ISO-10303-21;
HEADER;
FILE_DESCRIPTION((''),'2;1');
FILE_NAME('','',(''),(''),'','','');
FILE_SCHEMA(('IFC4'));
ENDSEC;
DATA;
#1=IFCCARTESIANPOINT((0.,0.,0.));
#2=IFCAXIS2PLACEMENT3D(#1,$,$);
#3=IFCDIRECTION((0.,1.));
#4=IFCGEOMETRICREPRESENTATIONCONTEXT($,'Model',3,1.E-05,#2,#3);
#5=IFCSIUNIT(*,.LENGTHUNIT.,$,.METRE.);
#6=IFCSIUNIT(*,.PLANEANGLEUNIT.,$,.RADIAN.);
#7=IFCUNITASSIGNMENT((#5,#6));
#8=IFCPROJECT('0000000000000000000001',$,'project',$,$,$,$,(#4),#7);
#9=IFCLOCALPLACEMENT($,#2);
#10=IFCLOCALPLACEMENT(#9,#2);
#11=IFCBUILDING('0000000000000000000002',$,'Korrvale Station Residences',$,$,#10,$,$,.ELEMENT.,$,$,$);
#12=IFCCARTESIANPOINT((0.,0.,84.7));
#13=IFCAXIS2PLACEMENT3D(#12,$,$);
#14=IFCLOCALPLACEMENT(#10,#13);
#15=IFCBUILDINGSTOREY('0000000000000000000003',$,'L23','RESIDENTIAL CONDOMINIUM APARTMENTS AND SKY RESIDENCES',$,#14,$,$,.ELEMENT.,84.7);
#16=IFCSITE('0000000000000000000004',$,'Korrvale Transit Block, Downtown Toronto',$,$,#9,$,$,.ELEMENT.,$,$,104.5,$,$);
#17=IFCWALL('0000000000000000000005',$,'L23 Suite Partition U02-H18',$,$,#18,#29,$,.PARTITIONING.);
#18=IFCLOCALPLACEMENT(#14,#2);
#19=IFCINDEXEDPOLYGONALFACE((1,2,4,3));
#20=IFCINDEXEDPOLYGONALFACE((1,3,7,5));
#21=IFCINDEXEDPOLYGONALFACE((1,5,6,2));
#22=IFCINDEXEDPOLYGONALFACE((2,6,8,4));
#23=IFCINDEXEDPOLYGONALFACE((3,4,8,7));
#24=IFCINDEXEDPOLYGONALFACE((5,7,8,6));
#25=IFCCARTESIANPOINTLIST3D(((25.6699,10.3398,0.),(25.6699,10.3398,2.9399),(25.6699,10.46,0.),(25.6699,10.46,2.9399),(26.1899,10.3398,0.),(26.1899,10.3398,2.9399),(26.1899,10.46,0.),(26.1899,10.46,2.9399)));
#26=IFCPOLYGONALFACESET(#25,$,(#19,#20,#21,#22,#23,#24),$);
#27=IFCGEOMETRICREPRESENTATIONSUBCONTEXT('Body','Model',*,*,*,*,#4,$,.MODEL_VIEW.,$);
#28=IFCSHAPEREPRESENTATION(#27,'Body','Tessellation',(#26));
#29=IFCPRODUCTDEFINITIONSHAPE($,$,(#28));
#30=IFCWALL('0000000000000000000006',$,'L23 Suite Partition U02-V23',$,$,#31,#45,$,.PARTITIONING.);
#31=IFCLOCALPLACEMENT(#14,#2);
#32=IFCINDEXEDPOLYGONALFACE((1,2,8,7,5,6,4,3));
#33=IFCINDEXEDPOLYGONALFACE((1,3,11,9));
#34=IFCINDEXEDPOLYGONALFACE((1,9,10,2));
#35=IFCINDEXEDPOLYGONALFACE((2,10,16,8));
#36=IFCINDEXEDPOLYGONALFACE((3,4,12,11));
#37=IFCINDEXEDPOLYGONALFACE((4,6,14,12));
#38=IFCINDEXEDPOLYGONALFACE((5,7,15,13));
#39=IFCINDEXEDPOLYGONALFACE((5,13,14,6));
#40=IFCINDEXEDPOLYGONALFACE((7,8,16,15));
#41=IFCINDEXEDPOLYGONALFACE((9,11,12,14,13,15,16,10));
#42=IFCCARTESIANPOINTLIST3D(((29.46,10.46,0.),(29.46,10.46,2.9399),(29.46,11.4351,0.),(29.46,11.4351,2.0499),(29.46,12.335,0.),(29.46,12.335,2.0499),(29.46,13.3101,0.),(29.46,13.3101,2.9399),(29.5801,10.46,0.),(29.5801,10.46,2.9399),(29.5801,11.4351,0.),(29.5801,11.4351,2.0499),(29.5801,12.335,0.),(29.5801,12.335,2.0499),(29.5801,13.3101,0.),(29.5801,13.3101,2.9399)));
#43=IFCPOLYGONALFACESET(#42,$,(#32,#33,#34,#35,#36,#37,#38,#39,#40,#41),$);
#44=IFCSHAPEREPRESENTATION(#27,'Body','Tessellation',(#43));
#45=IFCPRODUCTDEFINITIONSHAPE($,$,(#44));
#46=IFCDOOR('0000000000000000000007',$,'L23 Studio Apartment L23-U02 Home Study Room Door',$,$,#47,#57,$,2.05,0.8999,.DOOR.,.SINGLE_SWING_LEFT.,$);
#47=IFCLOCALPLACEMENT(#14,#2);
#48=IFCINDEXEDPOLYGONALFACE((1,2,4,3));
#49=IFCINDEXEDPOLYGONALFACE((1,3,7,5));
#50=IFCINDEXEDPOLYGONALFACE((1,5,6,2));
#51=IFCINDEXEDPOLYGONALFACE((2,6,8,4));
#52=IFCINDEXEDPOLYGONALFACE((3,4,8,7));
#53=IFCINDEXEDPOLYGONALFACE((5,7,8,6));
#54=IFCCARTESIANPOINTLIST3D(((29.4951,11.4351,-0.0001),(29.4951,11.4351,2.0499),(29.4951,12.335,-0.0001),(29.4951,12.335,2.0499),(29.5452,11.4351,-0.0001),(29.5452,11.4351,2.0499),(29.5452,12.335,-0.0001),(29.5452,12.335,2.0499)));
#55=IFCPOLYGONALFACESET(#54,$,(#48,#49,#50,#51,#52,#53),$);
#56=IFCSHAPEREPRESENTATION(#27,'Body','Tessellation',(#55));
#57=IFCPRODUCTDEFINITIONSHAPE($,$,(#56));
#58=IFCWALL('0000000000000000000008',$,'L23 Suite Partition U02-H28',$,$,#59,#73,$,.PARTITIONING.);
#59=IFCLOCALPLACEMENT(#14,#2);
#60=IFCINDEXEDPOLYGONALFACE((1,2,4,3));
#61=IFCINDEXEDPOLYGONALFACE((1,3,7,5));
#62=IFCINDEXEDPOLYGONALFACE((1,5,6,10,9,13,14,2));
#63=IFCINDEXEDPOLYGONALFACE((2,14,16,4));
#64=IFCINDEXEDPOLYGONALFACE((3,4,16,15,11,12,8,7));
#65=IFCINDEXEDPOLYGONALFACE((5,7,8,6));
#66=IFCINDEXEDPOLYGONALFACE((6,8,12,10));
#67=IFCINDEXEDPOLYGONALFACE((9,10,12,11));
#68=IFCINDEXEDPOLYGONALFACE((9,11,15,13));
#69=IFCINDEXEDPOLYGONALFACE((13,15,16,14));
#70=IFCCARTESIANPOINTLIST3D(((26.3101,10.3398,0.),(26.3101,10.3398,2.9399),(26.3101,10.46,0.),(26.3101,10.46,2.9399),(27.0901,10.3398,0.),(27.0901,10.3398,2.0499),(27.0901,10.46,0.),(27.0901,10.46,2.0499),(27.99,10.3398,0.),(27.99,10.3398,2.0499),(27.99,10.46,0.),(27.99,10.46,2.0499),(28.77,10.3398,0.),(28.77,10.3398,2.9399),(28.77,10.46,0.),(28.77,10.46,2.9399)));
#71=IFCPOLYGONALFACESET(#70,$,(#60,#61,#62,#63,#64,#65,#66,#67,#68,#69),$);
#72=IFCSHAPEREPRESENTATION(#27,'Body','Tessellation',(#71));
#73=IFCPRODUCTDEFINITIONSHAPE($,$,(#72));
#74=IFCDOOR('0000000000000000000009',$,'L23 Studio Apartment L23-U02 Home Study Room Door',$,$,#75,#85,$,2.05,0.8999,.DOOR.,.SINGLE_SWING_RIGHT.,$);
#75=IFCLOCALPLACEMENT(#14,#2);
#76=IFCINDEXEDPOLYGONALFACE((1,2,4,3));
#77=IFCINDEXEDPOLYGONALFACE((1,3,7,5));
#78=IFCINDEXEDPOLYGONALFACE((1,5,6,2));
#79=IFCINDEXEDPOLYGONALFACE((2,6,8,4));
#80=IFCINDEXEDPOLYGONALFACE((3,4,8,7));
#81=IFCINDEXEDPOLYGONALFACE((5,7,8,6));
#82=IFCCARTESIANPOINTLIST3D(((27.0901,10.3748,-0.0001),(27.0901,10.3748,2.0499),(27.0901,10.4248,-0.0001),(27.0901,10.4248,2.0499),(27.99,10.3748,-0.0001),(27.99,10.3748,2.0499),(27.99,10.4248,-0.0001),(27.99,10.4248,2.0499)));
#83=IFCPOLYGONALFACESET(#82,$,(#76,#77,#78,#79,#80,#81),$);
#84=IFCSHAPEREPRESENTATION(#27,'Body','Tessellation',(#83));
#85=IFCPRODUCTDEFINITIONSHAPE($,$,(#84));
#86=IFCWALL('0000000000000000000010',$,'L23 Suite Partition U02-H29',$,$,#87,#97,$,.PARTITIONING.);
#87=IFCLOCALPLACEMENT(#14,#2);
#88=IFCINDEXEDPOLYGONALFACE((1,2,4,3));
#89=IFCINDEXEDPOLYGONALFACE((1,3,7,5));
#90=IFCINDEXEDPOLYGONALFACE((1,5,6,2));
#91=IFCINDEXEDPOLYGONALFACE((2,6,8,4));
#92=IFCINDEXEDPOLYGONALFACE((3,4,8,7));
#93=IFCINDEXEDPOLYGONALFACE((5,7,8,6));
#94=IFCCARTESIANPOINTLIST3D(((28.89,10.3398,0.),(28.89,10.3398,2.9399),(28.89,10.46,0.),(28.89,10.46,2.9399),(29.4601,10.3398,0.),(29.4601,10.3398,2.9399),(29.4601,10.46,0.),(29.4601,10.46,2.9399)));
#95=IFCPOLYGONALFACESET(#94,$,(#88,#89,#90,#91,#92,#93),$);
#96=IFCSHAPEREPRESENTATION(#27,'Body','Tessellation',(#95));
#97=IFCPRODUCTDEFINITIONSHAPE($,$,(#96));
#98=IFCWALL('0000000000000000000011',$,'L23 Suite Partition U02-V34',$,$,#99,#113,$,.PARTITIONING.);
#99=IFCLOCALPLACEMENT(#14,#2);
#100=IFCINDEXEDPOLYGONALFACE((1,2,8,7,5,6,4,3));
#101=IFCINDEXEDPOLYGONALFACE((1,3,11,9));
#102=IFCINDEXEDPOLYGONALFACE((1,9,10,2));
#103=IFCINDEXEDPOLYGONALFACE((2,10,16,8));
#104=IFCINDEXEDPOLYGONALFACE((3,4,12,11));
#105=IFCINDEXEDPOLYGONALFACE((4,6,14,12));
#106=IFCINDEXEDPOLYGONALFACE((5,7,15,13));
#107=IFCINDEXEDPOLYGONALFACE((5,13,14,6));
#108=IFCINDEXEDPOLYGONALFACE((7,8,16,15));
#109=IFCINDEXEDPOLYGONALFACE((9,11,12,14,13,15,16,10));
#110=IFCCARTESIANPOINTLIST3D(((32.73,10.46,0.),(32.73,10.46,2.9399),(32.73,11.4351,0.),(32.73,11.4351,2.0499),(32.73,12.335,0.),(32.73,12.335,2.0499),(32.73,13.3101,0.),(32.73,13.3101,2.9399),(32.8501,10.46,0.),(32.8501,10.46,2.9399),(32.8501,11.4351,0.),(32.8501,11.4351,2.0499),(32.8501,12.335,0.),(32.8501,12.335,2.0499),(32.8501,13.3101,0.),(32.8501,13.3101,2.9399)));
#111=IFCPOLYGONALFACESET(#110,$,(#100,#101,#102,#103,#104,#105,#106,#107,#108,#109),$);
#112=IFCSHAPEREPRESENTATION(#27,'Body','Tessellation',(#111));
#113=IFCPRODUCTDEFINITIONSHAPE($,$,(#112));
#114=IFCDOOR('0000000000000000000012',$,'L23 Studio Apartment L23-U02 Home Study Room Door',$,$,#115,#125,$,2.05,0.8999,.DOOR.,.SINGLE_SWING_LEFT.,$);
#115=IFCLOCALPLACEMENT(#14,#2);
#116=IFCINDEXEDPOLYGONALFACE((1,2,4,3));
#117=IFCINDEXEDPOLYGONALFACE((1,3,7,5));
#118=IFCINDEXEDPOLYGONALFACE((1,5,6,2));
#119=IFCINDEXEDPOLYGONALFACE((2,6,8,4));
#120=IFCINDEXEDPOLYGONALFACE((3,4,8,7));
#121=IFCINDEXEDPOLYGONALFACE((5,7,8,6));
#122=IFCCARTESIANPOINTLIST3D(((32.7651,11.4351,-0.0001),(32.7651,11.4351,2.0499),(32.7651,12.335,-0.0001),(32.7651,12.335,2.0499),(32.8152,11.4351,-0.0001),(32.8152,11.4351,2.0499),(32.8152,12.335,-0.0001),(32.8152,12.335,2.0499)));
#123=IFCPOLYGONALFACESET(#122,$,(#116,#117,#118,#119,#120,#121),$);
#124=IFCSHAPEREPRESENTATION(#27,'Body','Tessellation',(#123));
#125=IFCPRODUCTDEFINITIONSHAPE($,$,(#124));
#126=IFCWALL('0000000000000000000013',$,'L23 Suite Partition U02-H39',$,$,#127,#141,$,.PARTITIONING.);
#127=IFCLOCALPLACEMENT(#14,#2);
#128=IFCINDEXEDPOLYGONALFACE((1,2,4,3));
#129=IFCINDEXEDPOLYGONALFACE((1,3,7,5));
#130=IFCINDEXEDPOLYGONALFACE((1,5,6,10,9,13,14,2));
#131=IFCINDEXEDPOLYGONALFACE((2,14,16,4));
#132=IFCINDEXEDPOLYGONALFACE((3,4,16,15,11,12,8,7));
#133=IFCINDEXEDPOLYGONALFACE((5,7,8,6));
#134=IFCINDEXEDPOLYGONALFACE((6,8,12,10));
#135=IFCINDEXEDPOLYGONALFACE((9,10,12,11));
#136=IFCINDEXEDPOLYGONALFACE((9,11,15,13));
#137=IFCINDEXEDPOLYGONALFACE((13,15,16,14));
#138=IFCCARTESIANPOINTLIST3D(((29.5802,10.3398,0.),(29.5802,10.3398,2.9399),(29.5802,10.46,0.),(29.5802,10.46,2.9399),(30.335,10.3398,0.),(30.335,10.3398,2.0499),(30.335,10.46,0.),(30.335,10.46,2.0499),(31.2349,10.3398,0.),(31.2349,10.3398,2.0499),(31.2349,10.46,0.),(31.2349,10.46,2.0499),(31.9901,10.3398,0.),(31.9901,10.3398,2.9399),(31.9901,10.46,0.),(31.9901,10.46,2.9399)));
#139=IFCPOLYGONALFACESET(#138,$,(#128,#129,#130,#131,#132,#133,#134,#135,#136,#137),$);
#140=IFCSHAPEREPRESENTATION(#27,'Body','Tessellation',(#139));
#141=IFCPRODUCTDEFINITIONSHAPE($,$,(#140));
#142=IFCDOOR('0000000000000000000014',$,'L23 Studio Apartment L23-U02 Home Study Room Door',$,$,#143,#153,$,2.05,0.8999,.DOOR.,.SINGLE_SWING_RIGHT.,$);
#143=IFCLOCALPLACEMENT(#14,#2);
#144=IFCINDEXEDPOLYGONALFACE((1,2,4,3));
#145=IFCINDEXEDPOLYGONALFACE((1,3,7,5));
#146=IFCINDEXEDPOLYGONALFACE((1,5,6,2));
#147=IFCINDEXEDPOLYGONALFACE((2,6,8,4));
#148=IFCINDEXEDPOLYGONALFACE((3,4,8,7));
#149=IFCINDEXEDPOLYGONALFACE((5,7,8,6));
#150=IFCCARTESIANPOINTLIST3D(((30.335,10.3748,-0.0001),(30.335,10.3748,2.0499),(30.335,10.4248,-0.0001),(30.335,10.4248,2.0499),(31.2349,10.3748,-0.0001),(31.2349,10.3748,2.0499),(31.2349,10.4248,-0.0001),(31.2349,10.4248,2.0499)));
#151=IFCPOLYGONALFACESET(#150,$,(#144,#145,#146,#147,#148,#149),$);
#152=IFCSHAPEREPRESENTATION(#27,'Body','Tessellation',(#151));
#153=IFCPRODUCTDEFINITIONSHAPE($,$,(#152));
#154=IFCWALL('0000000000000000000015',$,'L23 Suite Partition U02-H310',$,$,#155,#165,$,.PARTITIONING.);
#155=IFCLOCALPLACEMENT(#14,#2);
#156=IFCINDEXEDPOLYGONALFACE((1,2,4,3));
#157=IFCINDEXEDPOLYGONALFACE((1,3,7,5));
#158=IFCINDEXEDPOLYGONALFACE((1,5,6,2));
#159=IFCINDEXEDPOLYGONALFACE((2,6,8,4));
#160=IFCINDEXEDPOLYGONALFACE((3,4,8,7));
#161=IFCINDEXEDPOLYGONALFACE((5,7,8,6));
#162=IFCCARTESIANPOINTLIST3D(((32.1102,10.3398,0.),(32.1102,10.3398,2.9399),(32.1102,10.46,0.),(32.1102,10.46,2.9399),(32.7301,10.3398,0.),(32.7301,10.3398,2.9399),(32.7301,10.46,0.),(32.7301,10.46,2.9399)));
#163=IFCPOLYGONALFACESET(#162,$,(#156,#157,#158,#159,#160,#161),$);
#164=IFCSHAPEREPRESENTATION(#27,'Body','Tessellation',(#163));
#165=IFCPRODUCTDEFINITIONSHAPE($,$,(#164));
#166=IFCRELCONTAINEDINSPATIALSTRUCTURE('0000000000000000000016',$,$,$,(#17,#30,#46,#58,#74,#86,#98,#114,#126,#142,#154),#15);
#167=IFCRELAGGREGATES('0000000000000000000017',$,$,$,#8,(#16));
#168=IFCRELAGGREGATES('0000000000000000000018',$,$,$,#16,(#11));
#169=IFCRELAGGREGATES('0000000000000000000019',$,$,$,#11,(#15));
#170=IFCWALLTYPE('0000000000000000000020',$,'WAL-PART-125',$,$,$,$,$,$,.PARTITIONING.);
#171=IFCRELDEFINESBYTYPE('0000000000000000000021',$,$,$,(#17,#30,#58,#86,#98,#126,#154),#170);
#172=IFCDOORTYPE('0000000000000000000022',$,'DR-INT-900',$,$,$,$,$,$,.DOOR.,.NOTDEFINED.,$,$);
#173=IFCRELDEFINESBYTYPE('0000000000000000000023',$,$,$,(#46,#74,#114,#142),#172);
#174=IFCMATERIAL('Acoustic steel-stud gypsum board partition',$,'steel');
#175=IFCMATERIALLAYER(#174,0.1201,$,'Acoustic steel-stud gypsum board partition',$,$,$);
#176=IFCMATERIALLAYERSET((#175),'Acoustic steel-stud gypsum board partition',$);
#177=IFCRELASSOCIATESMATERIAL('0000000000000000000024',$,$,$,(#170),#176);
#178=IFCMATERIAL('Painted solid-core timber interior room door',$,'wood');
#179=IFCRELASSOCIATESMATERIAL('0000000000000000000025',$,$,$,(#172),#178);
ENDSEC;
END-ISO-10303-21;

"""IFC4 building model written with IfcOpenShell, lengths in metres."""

from ifc_helpers import new_model, si_unit, direction, frame, frame_2d, origin, place, context, subcontext, project, spatial, rectangle, extrude, material, layer, layer_set, type_object, element, fill, save


model = new_model("IFC4")

# Units and contexts
model_context = context("Model", 3, precision=1e-05, world=origin(), true_north=direction((0.0, 1.0)))
body_context = subcontext(model_context, "Body", "Model", "MODEL_VIEW")
ifc_project = project(units=[si_unit("LENGTHUNIT", "METRE"), si_unit("PLANEANGLEUNIT", "RADIAN")], contexts=[model_context])

# Site, building, storey
site_placement = place(None, origin())
site = spatial("IfcSite", under=ifc_project, at=site_placement, Name="Korrvale Transit Block, Downtown Toronto", CompositionType="ELEMENT", RefElevation=104.5)
building_placement = place(site_placement, origin())
building = spatial("IfcBuilding", under=site, at=building_placement, Name="Korrvale Station Residences", CompositionType="ELEMENT")
storey_placement = place(building_placement, frame((0.0, 0.0, 84.7)))
storey = spatial("IfcBuildingStorey", under=building, at=storey_placement, Name="L23", Description="RESIDENTIAL CONDOMINIUM APARTMENTS AND SKY RESIDENCES", CompositionType="ELEMENT", Elevation=84.7)

# Shared definitions
ifc_material_1 = material(Name="Acoustic steel-stud gypsum board partition", Category="steel")
ifc_layer_1 = layer(ifc_material_1, 0.1201, Name="Acoustic steel-stud gypsum board partition")
ifc_layer_set_1 = layer_set([ifc_layer_1], Name="Acoustic steel-stud gypsum board partition")
wall_type = type_object("IfcWallType", Name="WAL-PART-125", PredefinedType="PARTITIONING", material=ifc_layer_set_1)
ifc_material_2 = material(Name="Painted solid-core timber interior room door", Category="wood")
door_type = type_object("IfcDoorType", Name="DR-INT-900", OperationType="NOTDEFINED", PredefinedType="DOOR", material=ifc_material_2)

# Wall
wall_1_placement = place(storey_placement, frame((25.6699, 10.3999, 0.0), z_axis=(0.0, 0.0, 1.0), x_axis=(1.0, 0.0, 0.0)))
element("IfcWall", 1, at=wall_1_placement, inside=storey, type_object=wall_type, Name="L23 Suite Partition U02-H18", PredefinedType="PARTITIONING", context=body_context, shape_type="SweptSolid", body=[
    extrude(rectangle(XDim=0.52, YDim=0.1201, at=frame_2d((0.26, 0.0))), origin(), (0.0, 0.0, 1.0), 2.9399),
])

# Walls, openings, doors
wall_2_placement = place(storey_placement, frame((29.52, 10.46, 0.0), z_axis=(0.0, 0.0, 1.0), x_axis=(0.0, 1.0, 0.0)))
wall_2 = element("IfcWall", 2, at=wall_2_placement, inside=storey, type_object=wall_type, Name="L23 Suite Partition U02-V23", PredefinedType="PARTITIONING", context=body_context, shape_type="SweptSolid", body=[
    extrude(rectangle(XDim=2.8501, YDim=0.1201, at=frame_2d((1.425, 0.0))), origin(), (0.0, 0.0, 1.0), 2.9399),
])
opening_1_placement = place(wall_2_placement, frame((0.9751, 0.0, 0.0)))
opening_1 = element("IfcOpeningElement", 3, at=opening_1_placement, cuts=wall_2, PredefinedType="OPENING", context=body_context, shape_type="SweptSolid", body=[
    extrude(rectangle(XDim=0.8999, YDim=2.05, at=frame_2d((0.45, 1.0249))), frame((0.0, 0.0701, 0.0), z_axis=(0.0, -1.0, 0.0), x_axis=(1.0, 0.0, 0.0)), (0.0, 0.0, 1.0), 0.1401),
])
door_1_placement = place(opening_1_placement, origin())
door_1 = element("IfcDoor", 4, at=door_1_placement, inside=storey, type_object=door_type, Name="L23 Studio Apartment L23-U02 Home Study Room Door", OperationType="SINGLE_SWING_LEFT", OverallHeight=2.05, OverallWidth=0.8999, PredefinedType="DOOR", context=body_context, shape_type="SweptSolid", body=[
    extrude(rectangle(XDim=0.8999, YDim=2.05, at=frame_2d((0.45, 1.0249))), frame((0.0, 0.0249, 0.0), z_axis=(0.0, -1.0, 0.0), x_axis=(1.0, 0.0, 0.0)), (0.0, 0.0, 1.0), 0.05),
])
fill(opening_1, door_1)
wall_3_placement = place(storey_placement, frame((26.3101, 10.3999, 0.0), z_axis=(0.0, 0.0, 1.0), x_axis=(1.0, 0.0, 0.0)))
wall_3 = element("IfcWall", 5, at=wall_3_placement, inside=storey, type_object=wall_type, Name="L23 Suite Partition U02-H28", PredefinedType="PARTITIONING", context=body_context, shape_type="SweptSolid", body=[
    extrude(rectangle(XDim=2.46, YDim=0.1201, at=frame_2d((1.23, 0.0))), origin(), (0.0, 0.0, 1.0), 2.9399),
])
opening_2_placement = place(wall_3_placement, frame((0.78, 0.0, 0.0)))
opening_2 = element("IfcOpeningElement", 6, at=opening_2_placement, cuts=wall_3, PredefinedType="OPENING", context=body_context, shape_type="SweptSolid", body=[
    extrude(rectangle(XDim=0.8999, YDim=2.05, at=frame_2d((0.45, 1.0249))), frame((0.0, 0.0701, 0.0), z_axis=(0.0, -1.0, 0.0), x_axis=(1.0, 0.0, 0.0)), (0.0, 0.0, 1.0), 0.1401),
])
door_2_placement = place(opening_2_placement, origin())
door_2 = element("IfcDoor", 7, at=door_2_placement, inside=storey, type_object=door_type, Name="L23 Studio Apartment L23-U02 Home Study Room Door", OperationType="SINGLE_SWING_RIGHT", OverallHeight=2.05, OverallWidth=0.8999, PredefinedType="DOOR", context=body_context, shape_type="SweptSolid", body=[
    extrude(rectangle(XDim=0.8999, YDim=2.05, at=frame_2d((0.45, 1.0249))), frame((0.0, 0.0249, 0.0), z_axis=(0.0, -1.0, 0.0), x_axis=(1.0, 0.0, 0.0)), (0.0, 0.0, 1.0), 0.05),
])
fill(opening_2, door_2)

# Wall
wall_4_placement = place(storey_placement, frame((28.8899, 10.3999, 0.0), z_axis=(0.0, 0.0, 1.0), x_axis=(1.0, 0.0, 0.0)))
element("IfcWall", 8, at=wall_4_placement, inside=storey, type_object=wall_type, Name="L23 Suite Partition U02-H29", PredefinedType="PARTITIONING", context=body_context, shape_type="SweptSolid", body=[
    extrude(rectangle(XDim=0.5701, YDim=0.1201, at=frame_2d((0.2852, 0.0))), origin(), (0.0, 0.0, 1.0), 2.9399),
])

# Walls, openings, doors
wall_5_placement = place(storey_placement, frame((32.79, 10.46, 0.0), z_axis=(0.0, 0.0, 1.0), x_axis=(0.0, 1.0, 0.0)))
wall_5 = element("IfcWall", 9, at=wall_5_placement, inside=storey, type_object=wall_type, Name="L23 Suite Partition U02-V34", PredefinedType="PARTITIONING", context=body_context, shape_type="SweptSolid", body=[
    extrude(rectangle(XDim=2.8501, YDim=0.1201, at=frame_2d((1.425, 0.0))), origin(), (0.0, 0.0, 1.0), 2.9399),
])
opening_3_placement = place(wall_5_placement, frame((0.9751, 0.0, 0.0)))
opening_3 = element("IfcOpeningElement", 10, at=opening_3_placement, cuts=wall_5, PredefinedType="OPENING", context=body_context, shape_type="SweptSolid", body=[
    extrude(rectangle(XDim=0.8999, YDim=2.05, at=frame_2d((0.45, 1.0249))), frame((0.0, 0.0701, 0.0), z_axis=(0.0, -1.0, 0.0), x_axis=(1.0, 0.0, 0.0)), (0.0, 0.0, 1.0), 0.1401),
])
door_3_placement = place(opening_3_placement, origin())
door_3 = element("IfcDoor", 11, at=door_3_placement, inside=storey, type_object=door_type, Name="L23 Studio Apartment L23-U02 Home Study Room Door", OperationType="SINGLE_SWING_LEFT", OverallHeight=2.05, OverallWidth=0.8999, PredefinedType="DOOR", context=body_context, shape_type="SweptSolid", body=[
    extrude(rectangle(XDim=0.8999, YDim=2.05, at=frame_2d((0.45, 1.0249))), frame((0.0, 0.0249, 0.0), z_axis=(0.0, -1.0, 0.0), x_axis=(1.0, 0.0, 0.0)), (0.0, 0.0, 1.0), 0.05),
])
fill(opening_3, door_3)
wall_6_placement = place(storey_placement, frame((29.5801, 10.3999, 0.0), z_axis=(0.0, 0.0, 1.0), x_axis=(1.0, 0.0, 0.0)))
wall_6 = element("IfcWall", 12, at=wall_6_placement, inside=storey, type_object=wall_type, Name="L23 Suite Partition U02-H39", PredefinedType="PARTITIONING", context=body_context, shape_type="SweptSolid", body=[
    extrude(rectangle(XDim=2.4099, YDim=0.1201, at=frame_2d((1.2051, 0.0))), origin(), (0.0, 0.0, 1.0), 2.9399),
])
opening_4_placement = place(wall_6_placement, frame((0.7549, 0.0, 0.0)))
opening_4 = element("IfcOpeningElement", 13, at=opening_4_placement, cuts=wall_6, PredefinedType="OPENING", context=body_context, shape_type="SweptSolid", body=[
    extrude(rectangle(XDim=0.8999, YDim=2.05, at=frame_2d((0.45, 1.0249))), frame((0.0, 0.0701, 0.0), z_axis=(0.0, -1.0, 0.0), x_axis=(1.0, 0.0, 0.0)), (0.0, 0.0, 1.0), 0.1401),
])
door_4_placement = place(opening_4_placement, origin())
door_4 = element("IfcDoor", 14, at=door_4_placement, inside=storey, type_object=door_type, Name="L23 Studio Apartment L23-U02 Home Study Room Door", OperationType="SINGLE_SWING_RIGHT", OverallHeight=2.05, OverallWidth=0.8999, PredefinedType="DOOR", context=body_context, shape_type="SweptSolid", body=[
    extrude(rectangle(XDim=0.8999, YDim=2.05, at=frame_2d((0.45, 1.0249))), frame((0.0, 0.0249, 0.0), z_axis=(0.0, -1.0, 0.0), x_axis=(1.0, 0.0, 0.0)), (0.0, 0.0, 1.0), 0.05),
])
fill(opening_4, door_4)

# Wall
wall_7_placement = place(storey_placement, frame((32.1101, 10.3999, 0.0), z_axis=(0.0, 0.0, 1.0), x_axis=(1.0, 0.0, 0.0)))
element("IfcWall", 15, at=wall_7_placement, inside=storey, type_object=wall_type, Name="L23 Suite Partition U02-H310", PredefinedType="PARTITIONING", context=body_context, shape_type="SweptSolid", body=[
    extrude(rectangle(XDim=0.6199, YDim=0.1201, at=frame_2d((0.3101, 0.0))), origin(), (0.0, 0.0, 1.0), 2.9399),
])

save(model, "model.ifc")
